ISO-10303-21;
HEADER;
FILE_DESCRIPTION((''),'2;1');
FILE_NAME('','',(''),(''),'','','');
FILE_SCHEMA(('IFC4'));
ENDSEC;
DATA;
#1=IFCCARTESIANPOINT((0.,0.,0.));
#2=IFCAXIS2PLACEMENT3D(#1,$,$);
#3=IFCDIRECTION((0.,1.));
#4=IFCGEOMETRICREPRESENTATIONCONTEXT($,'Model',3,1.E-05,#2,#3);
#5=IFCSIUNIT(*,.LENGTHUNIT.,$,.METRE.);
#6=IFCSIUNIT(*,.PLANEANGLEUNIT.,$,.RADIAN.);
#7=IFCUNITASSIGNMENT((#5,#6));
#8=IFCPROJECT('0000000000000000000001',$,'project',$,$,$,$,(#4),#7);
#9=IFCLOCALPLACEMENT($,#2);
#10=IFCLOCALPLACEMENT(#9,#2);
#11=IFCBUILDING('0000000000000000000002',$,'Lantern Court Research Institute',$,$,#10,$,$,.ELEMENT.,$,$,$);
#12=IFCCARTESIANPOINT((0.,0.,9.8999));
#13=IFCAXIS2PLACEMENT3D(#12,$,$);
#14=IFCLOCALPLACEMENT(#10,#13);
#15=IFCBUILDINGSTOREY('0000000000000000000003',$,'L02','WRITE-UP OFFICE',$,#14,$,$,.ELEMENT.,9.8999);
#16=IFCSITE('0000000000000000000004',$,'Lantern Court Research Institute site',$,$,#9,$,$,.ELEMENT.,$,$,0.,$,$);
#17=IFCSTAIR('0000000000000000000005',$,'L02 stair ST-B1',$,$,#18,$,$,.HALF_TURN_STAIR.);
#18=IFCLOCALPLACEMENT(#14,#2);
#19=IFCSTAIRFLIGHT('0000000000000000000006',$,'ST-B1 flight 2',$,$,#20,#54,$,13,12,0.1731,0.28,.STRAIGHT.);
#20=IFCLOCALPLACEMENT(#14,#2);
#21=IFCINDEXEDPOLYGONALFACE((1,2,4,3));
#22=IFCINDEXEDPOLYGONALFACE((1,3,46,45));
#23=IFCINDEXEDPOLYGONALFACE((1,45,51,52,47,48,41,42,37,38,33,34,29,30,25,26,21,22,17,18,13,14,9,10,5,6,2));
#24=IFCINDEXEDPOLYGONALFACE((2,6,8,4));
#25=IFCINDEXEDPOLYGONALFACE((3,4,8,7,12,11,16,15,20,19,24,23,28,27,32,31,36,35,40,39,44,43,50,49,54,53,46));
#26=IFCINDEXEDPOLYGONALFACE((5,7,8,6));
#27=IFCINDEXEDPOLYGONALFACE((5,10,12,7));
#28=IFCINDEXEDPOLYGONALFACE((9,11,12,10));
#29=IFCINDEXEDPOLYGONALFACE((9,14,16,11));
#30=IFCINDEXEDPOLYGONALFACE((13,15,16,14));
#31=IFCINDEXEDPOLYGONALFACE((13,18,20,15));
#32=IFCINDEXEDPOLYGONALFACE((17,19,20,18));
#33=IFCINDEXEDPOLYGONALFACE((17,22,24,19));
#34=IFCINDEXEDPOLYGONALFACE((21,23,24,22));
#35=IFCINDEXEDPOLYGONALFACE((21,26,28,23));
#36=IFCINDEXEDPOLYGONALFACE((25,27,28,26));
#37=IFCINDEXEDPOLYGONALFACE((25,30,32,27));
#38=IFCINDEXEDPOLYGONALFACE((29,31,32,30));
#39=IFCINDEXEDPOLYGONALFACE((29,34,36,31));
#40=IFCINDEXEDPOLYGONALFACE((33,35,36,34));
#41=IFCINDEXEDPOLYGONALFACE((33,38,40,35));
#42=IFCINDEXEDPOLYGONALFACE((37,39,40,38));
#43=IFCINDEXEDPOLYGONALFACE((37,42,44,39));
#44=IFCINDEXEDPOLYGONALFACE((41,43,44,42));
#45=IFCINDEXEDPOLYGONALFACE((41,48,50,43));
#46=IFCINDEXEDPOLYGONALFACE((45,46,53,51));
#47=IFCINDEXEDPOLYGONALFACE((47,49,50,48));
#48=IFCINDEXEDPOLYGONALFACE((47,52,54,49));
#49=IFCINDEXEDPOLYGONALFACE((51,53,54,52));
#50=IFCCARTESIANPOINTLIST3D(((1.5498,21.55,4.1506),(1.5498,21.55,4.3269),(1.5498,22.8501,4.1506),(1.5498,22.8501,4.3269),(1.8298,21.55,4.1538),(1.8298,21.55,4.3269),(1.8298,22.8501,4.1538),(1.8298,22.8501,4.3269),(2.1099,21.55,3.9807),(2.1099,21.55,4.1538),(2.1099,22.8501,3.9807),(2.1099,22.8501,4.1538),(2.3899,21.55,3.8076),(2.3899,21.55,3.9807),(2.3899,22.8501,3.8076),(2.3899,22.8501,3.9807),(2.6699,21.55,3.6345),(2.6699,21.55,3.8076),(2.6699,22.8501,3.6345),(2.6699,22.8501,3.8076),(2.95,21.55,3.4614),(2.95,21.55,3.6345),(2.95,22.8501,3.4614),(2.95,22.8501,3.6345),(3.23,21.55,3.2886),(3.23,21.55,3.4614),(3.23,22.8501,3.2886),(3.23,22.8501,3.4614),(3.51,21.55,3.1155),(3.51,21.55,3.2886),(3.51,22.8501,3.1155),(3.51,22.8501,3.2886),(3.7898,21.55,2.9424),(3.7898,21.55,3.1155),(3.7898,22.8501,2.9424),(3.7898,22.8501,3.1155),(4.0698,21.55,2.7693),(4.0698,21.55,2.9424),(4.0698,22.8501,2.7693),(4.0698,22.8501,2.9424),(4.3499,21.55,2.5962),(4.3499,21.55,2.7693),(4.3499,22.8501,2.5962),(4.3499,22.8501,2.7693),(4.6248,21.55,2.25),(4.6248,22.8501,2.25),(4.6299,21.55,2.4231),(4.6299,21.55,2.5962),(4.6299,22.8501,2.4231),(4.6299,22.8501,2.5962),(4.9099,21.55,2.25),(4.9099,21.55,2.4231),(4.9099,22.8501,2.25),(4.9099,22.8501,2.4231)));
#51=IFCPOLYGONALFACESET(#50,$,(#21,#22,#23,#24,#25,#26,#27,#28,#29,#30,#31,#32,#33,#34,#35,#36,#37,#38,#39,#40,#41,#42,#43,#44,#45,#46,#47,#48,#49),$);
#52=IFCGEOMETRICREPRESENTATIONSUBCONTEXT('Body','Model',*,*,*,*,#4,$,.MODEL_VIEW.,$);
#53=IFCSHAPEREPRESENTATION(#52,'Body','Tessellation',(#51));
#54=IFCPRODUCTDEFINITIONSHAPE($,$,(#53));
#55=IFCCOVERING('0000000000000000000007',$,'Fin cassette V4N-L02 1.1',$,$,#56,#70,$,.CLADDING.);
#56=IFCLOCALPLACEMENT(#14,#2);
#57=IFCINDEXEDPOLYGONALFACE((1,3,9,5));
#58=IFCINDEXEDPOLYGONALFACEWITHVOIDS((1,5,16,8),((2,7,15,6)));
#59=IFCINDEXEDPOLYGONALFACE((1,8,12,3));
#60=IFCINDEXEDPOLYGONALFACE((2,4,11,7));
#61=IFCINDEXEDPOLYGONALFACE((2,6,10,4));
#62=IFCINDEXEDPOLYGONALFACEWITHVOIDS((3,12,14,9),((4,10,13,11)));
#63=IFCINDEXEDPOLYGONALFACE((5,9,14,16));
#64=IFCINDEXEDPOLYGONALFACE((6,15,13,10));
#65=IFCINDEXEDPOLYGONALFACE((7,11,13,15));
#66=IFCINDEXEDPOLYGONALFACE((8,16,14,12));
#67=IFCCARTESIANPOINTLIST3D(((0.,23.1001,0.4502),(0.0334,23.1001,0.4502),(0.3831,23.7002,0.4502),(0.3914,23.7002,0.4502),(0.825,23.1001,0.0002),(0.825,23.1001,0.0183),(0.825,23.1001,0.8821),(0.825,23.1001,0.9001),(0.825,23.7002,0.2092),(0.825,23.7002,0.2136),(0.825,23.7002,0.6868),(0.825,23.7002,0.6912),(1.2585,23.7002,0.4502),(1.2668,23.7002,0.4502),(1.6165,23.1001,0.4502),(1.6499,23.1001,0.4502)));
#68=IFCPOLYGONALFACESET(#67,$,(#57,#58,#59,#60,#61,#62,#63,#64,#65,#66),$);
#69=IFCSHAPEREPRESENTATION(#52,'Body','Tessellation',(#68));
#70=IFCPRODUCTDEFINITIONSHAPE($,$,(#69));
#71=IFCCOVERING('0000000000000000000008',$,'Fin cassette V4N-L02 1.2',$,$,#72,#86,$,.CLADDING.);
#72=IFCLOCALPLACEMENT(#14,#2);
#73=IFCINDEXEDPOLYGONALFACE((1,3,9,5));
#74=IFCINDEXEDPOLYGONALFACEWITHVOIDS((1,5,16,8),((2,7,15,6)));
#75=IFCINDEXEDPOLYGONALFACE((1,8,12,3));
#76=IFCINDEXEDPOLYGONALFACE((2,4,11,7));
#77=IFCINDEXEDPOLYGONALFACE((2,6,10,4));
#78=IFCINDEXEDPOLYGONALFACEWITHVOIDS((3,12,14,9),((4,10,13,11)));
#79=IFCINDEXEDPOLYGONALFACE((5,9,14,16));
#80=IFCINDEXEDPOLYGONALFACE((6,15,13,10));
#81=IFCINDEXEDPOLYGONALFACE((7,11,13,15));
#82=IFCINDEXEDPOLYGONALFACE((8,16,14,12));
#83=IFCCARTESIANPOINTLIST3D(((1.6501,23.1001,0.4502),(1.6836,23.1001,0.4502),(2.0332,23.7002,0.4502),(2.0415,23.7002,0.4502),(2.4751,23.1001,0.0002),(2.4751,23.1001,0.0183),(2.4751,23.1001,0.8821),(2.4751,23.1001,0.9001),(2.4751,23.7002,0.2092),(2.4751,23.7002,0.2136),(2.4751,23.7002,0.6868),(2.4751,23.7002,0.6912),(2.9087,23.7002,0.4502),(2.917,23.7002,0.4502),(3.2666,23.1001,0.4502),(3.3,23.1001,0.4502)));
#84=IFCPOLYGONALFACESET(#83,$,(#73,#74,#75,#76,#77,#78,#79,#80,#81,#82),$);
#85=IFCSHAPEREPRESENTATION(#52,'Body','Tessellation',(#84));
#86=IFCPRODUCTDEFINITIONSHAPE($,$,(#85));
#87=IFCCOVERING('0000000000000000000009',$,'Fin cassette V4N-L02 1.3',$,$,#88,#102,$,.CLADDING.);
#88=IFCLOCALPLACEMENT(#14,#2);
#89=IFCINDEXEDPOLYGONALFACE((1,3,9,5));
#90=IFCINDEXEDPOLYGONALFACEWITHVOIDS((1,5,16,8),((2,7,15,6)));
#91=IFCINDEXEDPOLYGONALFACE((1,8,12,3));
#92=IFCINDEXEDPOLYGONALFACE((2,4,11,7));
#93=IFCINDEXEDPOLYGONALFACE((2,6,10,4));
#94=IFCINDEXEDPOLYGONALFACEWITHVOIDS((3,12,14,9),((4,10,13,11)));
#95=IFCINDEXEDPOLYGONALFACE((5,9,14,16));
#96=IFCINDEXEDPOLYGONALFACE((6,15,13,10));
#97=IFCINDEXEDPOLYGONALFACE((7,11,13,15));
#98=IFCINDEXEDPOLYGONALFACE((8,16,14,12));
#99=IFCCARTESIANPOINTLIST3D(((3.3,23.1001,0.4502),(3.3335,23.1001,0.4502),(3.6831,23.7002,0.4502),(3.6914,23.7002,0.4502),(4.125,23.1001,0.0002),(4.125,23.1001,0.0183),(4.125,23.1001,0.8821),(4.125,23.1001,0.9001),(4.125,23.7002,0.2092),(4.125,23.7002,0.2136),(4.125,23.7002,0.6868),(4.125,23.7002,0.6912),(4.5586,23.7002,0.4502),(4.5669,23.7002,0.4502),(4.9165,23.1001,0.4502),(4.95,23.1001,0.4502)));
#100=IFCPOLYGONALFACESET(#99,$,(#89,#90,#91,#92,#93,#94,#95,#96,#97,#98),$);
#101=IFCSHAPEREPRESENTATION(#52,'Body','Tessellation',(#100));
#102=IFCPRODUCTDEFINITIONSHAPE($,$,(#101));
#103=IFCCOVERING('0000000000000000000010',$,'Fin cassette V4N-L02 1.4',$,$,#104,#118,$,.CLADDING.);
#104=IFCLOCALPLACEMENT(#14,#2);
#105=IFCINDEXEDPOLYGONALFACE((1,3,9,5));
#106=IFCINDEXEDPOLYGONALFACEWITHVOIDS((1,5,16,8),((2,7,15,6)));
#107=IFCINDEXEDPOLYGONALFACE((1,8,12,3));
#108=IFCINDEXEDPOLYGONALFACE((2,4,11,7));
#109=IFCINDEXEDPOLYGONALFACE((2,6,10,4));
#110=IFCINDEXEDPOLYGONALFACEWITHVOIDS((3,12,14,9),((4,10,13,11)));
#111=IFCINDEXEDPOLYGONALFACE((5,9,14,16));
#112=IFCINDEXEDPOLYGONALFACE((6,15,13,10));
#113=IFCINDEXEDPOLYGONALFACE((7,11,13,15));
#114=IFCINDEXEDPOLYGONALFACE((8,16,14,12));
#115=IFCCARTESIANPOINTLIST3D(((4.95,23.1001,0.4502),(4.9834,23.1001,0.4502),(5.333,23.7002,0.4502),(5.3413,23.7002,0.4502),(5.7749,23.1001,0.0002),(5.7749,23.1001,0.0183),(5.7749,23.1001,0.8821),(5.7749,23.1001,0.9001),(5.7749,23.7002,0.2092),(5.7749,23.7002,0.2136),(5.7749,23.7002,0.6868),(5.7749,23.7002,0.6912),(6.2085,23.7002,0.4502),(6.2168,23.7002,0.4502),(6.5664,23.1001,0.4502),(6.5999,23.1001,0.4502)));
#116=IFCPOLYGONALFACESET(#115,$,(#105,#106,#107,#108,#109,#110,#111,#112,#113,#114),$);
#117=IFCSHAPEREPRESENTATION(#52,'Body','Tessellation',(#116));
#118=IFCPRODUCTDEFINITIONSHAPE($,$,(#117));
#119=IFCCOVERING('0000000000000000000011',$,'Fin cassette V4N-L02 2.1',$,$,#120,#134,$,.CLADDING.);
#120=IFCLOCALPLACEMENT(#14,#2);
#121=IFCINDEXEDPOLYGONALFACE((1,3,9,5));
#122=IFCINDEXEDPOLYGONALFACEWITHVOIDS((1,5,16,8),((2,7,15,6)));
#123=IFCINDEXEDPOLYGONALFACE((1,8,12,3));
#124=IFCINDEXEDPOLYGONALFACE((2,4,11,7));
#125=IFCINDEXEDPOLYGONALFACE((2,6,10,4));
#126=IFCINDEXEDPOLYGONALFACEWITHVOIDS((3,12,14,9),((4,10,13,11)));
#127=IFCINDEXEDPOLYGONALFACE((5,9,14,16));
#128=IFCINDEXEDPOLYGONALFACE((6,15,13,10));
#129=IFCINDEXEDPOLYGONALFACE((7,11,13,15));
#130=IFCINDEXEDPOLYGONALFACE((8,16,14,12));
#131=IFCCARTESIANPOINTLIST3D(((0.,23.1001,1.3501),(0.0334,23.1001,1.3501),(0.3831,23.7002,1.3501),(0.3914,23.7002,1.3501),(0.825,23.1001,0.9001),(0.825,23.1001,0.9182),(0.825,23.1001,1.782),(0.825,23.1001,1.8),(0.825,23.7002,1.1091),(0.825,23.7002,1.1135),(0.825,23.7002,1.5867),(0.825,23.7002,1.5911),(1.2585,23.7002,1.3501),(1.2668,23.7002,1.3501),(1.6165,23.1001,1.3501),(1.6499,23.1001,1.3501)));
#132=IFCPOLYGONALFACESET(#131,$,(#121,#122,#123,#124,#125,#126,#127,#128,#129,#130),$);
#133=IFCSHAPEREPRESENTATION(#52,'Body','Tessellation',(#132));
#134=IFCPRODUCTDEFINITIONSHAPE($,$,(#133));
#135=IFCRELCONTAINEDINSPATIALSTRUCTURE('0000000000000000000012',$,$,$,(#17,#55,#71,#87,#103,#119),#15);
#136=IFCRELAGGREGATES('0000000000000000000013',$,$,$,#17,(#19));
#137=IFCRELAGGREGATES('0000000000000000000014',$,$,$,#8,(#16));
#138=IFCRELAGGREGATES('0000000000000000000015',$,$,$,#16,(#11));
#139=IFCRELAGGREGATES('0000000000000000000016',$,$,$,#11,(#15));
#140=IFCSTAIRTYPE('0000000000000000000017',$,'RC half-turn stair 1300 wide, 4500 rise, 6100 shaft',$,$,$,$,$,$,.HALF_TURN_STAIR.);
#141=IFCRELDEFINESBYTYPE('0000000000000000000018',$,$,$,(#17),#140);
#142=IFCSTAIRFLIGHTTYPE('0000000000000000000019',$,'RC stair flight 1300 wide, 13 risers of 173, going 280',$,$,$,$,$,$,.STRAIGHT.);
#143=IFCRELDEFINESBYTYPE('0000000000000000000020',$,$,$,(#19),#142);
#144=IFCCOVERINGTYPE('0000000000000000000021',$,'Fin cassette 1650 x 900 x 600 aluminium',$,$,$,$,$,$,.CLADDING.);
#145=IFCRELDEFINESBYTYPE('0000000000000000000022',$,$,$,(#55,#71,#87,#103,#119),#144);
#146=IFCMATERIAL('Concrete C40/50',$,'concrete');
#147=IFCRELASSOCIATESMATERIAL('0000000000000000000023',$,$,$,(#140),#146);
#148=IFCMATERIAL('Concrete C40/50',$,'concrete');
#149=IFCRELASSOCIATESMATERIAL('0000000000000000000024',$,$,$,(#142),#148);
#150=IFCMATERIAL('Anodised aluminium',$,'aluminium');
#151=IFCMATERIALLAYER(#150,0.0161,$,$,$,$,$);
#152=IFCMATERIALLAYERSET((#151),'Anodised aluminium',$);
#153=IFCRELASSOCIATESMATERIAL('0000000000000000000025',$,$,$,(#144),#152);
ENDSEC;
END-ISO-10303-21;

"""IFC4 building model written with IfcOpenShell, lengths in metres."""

from ifc_helpers import new_model, entity, si_unit, direction, frame, origin, place, context, subcontext, project, spatial, polyline, outline, extrude, material, layer, layer_set, type_object, element, aggregate, save


model = new_model("IFC4")

# Units and contexts
model_context = context("Model", 3, precision=1e-05, world=origin(), true_north=direction((0.0, 1.0)))
body_context = subcontext(model_context, "Body", "Model", "MODEL_VIEW")
ifc_project = project(units=[si_unit("LENGTHUNIT", "METRE"), si_unit("PLANEANGLEUNIT", "RADIAN")], contexts=[model_context])

# Site, building, storey
site_placement = place(None, origin())
site = spatial("IfcSite", under=ifc_project, at=site_placement, Name="Lantern Court Research Institute site", CompositionType="ELEMENT", RefElevation=0.0)
building_placement = place(site_placement, origin())
building = spatial("IfcBuilding", under=site, at=building_placement, Name="Lantern Court Research Institute", CompositionType="ELEMENT")
storey_placement = place(building_placement, frame((0.0, 0.0, 9.8999)))
storey = spatial("IfcBuildingStorey", under=building, at=storey_placement, Name="L02", Description="WRITE-UP OFFICE", CompositionType="ELEMENT", Elevation=9.8999)

# Stair, stair flight
ifc_material_1 = material(Name="Concrete C40/50", Category="concrete")
stair_type = type_object("IfcStairType", Name="RC half-turn stair 1300 wide, 4500 rise, 6100 shaft", PredefinedType="HALF_TURN_STAIR", material=ifc_material_1)
stair_placement = place(storey_placement, origin())
stair = element("IfcStair", 1, at=stair_placement, inside=storey, type_object=stair_type, Name="L02 stair ST-B1", PredefinedType="HALF_TURN_STAIR")
ifc_material_2 = material(Name="Concrete C40/50", Category="concrete")
stair_flight_type = type_object("IfcStairFlightType", Name="RC stair flight 1300 wide, 13 risers of 173, going 280", PredefinedType="STRAIGHT", material=ifc_material_2)
stair_flight_1_placement = place(storey_placement, frame((4.9099, 22.2, 2.25), z_axis=(0.0, 0.0, 1.0), x_axis=(-1.0, 0.0, 0.0)))
stair_flight_1 = element("IfcStairFlight", 2, at=stair_flight_1_placement, type_object=stair_flight_type, Name="ST-B1 flight 2", NumberOfRisers=13, NumberOfTreads=12, PredefinedType="STRAIGHT", RiserHeight=0.1731, TreadLength=0.28, context=body_context, shape_type="SweptSolid", body=[
    extrude(outline(polyline([(0.0, 0.0), (0.0, 0.1731), (0.28, 0.1731), (0.28, 0.3462), (0.5601, 0.3462), (0.5601, 0.5193), (0.8401, 0.5193), (0.8401, 0.6924), (1.1201, 0.6924), (1.1201, 0.8655), (1.3999, 0.8655), (1.3999, 1.0386), (1.6799, 1.0386), (1.6799, 1.2114), (1.96, 1.2114), (1.96, 1.3845), (2.24, 1.3845), (2.24, 1.5576), (2.52, 1.5576), (2.52, 1.7307), (2.8, 1.7307), (2.8, 1.9038), (3.0801, 1.9038), (3.0801, 2.0769), (3.3601, 2.0769), (3.3601, 2.25), (3.3601, 1.9006), (0.2852, 0.0), (0.0, 0.0)])), frame((0.0, 0.6499, 0.0), z_axis=(0.0, -1.0, 0.0), x_axis=(1.0, 0.0, 0.0)), (0.0, 0.0, 1.0), 1.3),
])
aggregate(stair, [stair_flight_1])

# Coverings
ifc_material_3 = material(Name="Anodised aluminium", Category="aluminium")
ifc_layer_1 = layer(ifc_material_3, 0.0161)
ifc_layer_set_1 = layer_set([ifc_layer_1], Name="Anodised aluminium")
covering_type = type_object("IfcCoveringType", Name="Fin cassette 1650 x 900 x 600 aluminium", PredefinedType="CLADDING", material=ifc_layer_set_1)
covering_1_placement = place(storey_placement, frame((0.825, 23.1001, 0.4502), z_axis=(0.0, 1.0, 0.0), x_axis=(-1.0, 0.0, 0.0)))
cartesian_point_1 = entity("IfcCartesianPoint", [0.825, 0.0])
cartesian_point_2 = entity("IfcCartesianPoint", [0.7915, 0.0])
cartesian_point_3 = entity("IfcCartesianPoint", [0.4419, 0.0])
cartesian_point_4 = entity("IfcCartesianPoint", [0.4336, 0.0])
element("IfcCovering", 3, at=covering_1_placement, inside=storey, type_object=covering_type, Name="Fin cassette V4N-L02 1.1", PredefinedType="CLADDING", context=body_context, shape_type="SweptSolid", body=[
    entity("IfcExtrudedAreaSolidTapered", entity("IfcArbitraryProfileDefWithVoids", "AREA", None, entity("IfcPolyline", [cartesian_point_1, entity("IfcCartesianPoint", [0.0, 0.45]), entity("IfcCartesianPoint", [-0.825, 0.0]), entity("IfcCartesianPoint", [0.0, -0.45]), cartesian_point_1]), [entity("IfcPolyline", [cartesian_point_2, entity("IfcCartesianPoint", [0.0, 0.4319]), entity("IfcCartesianPoint", [-0.7915, 0.0]), entity("IfcCartesianPoint", [0.0, -0.4319]), cartesian_point_2])]), entity("IfcAxis2Placement3D", entity("IfcCartesianPoint", [0.0, 0.0, 0.0])), entity("IfcDirection", [0.0, 0.0, 1.0]), 0.6001, entity("IfcArbitraryProfileDefWithVoids", "AREA", None, entity("IfcPolyline", [cartesian_point_3, entity("IfcCartesianPoint", [0.0, 0.241]), entity("IfcCartesianPoint", [-0.4419, 0.0]), entity("IfcCartesianPoint", [0.0, -0.241]), cartesian_point_3]), [entity("IfcPolyline", [cartesian_point_4, entity("IfcCartesianPoint", [0.0, 0.2366]), entity("IfcCartesianPoint", [-0.4336, 0.0]), entity("IfcCartesianPoint", [0.0, -0.2366]), cartesian_point_4])])),
])
covering_2_placement = place(storey_placement, frame((2.4751, 23.1001, 0.4502), z_axis=(0.0, 1.0, 0.0), x_axis=(-1.0, 0.0, 0.0)))
cartesian_point_5 = entity("IfcCartesianPoint", [0.825, 0.0])
cartesian_point_6 = entity("IfcCartesianPoint", [0.7915, 0.0])
cartesian_point_7 = entity("IfcCartesianPoint", [0.4419, 0.0])
cartesian_point_8 = entity("IfcCartesianPoint", [0.4336, 0.0])
element("IfcCovering", 4, at=covering_2_placement, inside=storey, type_object=covering_type, Name="Fin cassette V4N-L02 1.2", PredefinedType="CLADDING", context=body_context, shape_type="SweptSolid", body=[
    entity("IfcExtrudedAreaSolidTapered", entity("IfcArbitraryProfileDefWithVoids", "AREA", None, entity("IfcPolyline", [cartesian_point_5, entity("IfcCartesianPoint", [0.0, 0.45]), entity("IfcCartesianPoint", [-0.825, 0.0]), entity("IfcCartesianPoint", [0.0, -0.45]), cartesian_point_5]), [entity("IfcPolyline", [cartesian_point_6, entity("IfcCartesianPoint", [0.0, 0.4319]), entity("IfcCartesianPoint", [-0.7915, 0.0]), entity("IfcCartesianPoint", [0.0, -0.4319]), cartesian_point_6])]), entity("IfcAxis2Placement3D", entity("IfcCartesianPoint", [0.0, 0.0, 0.0])), entity("IfcDirection", [0.0, 0.0, 1.0]), 0.6001, entity("IfcArbitraryProfileDefWithVoids", "AREA", None, entity("IfcPolyline", [cartesian_point_7, entity("IfcCartesianPoint", [0.0, 0.241]), entity("IfcCartesianPoint", [-0.4419, 0.0]), entity("IfcCartesianPoint", [0.0, -0.241]), cartesian_point_7]), [entity("IfcPolyline", [cartesian_point_8, entity("IfcCartesianPoint", [0.0, 0.2366]), entity("IfcCartesianPoint", [-0.4336, 0.0]), entity("IfcCartesianPoint", [0.0, -0.2366]), cartesian_point_8])])),
])
covering_3_placement = place(storey_placement, frame((4.125, 23.1001, 0.4502), z_axis=(0.0, 1.0, 0.0), x_axis=(-1.0, 0.0, 0.0)))
cartesian_point_9 = entity("IfcCartesianPoint", [0.825, 0.0])
cartesian_point_10 = entity("IfcCartesianPoint", [0.7915, 0.0])
cartesian_point_11 = entity("IfcCartesianPoint", [0.4419, 0.0])
cartesian_point_12 = entity("IfcCartesianPoint", [0.4336, 0.0])
element("IfcCovering", 5, at=covering_3_placement, inside=storey, type_object=covering_type, Name="Fin cassette V4N-L02 1.3", PredefinedType="CLADDING", context=body_context, shape_type="SweptSolid", body=[
    entity("IfcExtrudedAreaSolidTapered", entity("IfcArbitraryProfileDefWithVoids", "AREA", None, entity("IfcPolyline", [cartesian_point_9, entity("IfcCartesianPoint", [0.0, 0.45]), entity("IfcCartesianPoint", [-0.825, 0.0]), entity("IfcCartesianPoint", [0.0, -0.45]), cartesian_point_9]), [entity("IfcPolyline", [cartesian_point_10, entity("IfcCartesianPoint", [0.0, 0.4319]), entity("IfcCartesianPoint", [-0.7915, 0.0]), entity("IfcCartesianPoint", [0.0, -0.4319]), cartesian_point_10])]), entity("IfcAxis2Placement3D", entity("IfcCartesianPoint", [0.0, 0.0, 0.0])), entity("IfcDirection", [0.0, 0.0, 1.0]), 0.6001, entity("IfcArbitraryProfileDefWithVoids", "AREA", None, entity("IfcPolyline", [cartesian_point_11, entity("IfcCartesianPoint", [0.0, 0.241]), entity("IfcCartesianPoint", [-0.4419, 0.0]), entity("IfcCartesianPoint", [0.0, -0.241]), cartesian_point_11]), [entity("IfcPolyline", [cartesian_point_12, entity("IfcCartesianPoint", [0.0, 0.2366]), entity("IfcCartesianPoint", [-0.4336, 0.0]), entity("IfcCartesianPoint", [0.0, -0.2366]), cartesian_point_12])])),
])
covering_4_placement = place(storey_placement, frame((5.7749, 23.1001, 0.4502), z_axis=(0.0, 1.0, 0.0), x_axis=(-1.0, 0.0, 0.0)))
cartesian_point_13 = entity("IfcCartesianPoint", [0.825, 0.0])
cartesian_point_14 = entity("IfcCartesianPoint", [0.7915, 0.0])
cartesian_point_15 = entity("IfcCartesianPoint", [0.4419, 0.0])
cartesian_point_16 = entity("IfcCartesianPoint", [0.4336, 0.0])
element("IfcCovering", 6, at=covering_4_placement, inside=storey, type_object=covering_type, Name="Fin cassette V4N-L02 1.4", PredefinedType="CLADDING", context=body_context, shape_type="SweptSolid", body=[
    entity("IfcExtrudedAreaSolidTapered", entity("IfcArbitraryProfileDefWithVoids", "AREA", None, entity("IfcPolyline", [cartesian_point_13, entity("IfcCartesianPoint", [0.0, 0.45]), entity("IfcCartesianPoint", [-0.825, 0.0]), entity("IfcCartesianPoint", [0.0, -0.45]), cartesian_point_13]), [entity("IfcPolyline", [cartesian_point_14, entity("IfcCartesianPoint", [0.0, 0.4319]), entity("IfcCartesianPoint", [-0.7915, 0.0]), entity("IfcCartesianPoint", [0.0, -0.4319]), cartesian_point_14])]), entity("IfcAxis2Placement3D", entity("IfcCartesianPoint", [0.0, 0.0, 0.0])), entity("IfcDirection", [0.0, 0.0, 1.0]), 0.6001, entity("IfcArbitraryProfileDefWithVoids", "AREA", None, entity("IfcPolyline", [cartesian_point_15, entity("IfcCartesianPoint", [0.0, 0.241]), entity("IfcCartesianPoint", [-0.4419, 0.0]), entity("IfcCartesianPoint", [0.0, -0.241]), cartesian_point_15]), [entity("IfcPolyline", [cartesian_point_16, entity("IfcCartesianPoint", [0.0, 0.2366]), entity("IfcCartesianPoint", [-0.4336, 0.0]), entity("IfcCartesianPoint", [0.0, -0.2366]), cartesian_point_16])])),
])
covering_5_placement = place(storey_placement, frame((0.825, 23.1001, 1.3501), z_axis=(0.0, 1.0, 0.0), x_axis=(-1.0, 0.0, 0.0)))
cartesian_point_17 = entity("IfcCartesianPoint", [0.825, 0.0])
cartesian_point_18 = entity("IfcCartesianPoint", [0.7915, 0.0])
cartesian_point_19 = entity("IfcCartesianPoint", [0.4419, 0.0])
cartesian_point_20 = entity("IfcCartesianPoint", [0.4336, 0.0])
element("IfcCovering", 7, at=covering_5_placement, inside=storey, type_object=covering_type, Name="Fin cassette V4N-L02 2.1", PredefinedType="CLADDING", context=body_context, shape_type="SweptSolid", body=[
    entity("IfcExtrudedAreaSolidTapered", entity("IfcArbitraryProfileDefWithVoids", "AREA", None, entity("IfcPolyline", [cartesian_point_17, entity("IfcCartesianPoint", [0.0, 0.45]), entity("IfcCartesianPoint", [-0.825, 0.0]), entity("IfcCartesianPoint", [0.0, -0.45]), cartesian_point_17]), [entity("IfcPolyline", [cartesian_point_18, entity("IfcCartesianPoint", [0.0, 0.4319]), entity("IfcCartesianPoint", [-0.7915, 0.0]), entity("IfcCartesianPoint", [0.0, -0.4319]), cartesian_point_18])]), entity("IfcAxis2Placement3D", entity("IfcCartesianPoint", [0.0, 0.0, 0.0])), entity("IfcDirection", [0.0, 0.0, 1.0]), 0.6001, entity("IfcArbitraryProfileDefWithVoids", "AREA", None, entity("IfcPolyline", [cartesian_point_19, entity("IfcCartesianPoint", [0.0, 0.241]), entity("IfcCartesianPoint", [-0.4419, 0.0]), entity("IfcCartesianPoint", [0.0, -0.241]), cartesian_point_19]), [entity("IfcPolyline", [cartesian_point_20, entity("IfcCartesianPoint", [0.0, 0.2366]), entity("IfcCartesianPoint", [-0.4336, 0.0]), entity("IfcCartesianPoint", [0.0, -0.2366]), cartesian_point_20])])),
])

save(model, "model.ifc")
